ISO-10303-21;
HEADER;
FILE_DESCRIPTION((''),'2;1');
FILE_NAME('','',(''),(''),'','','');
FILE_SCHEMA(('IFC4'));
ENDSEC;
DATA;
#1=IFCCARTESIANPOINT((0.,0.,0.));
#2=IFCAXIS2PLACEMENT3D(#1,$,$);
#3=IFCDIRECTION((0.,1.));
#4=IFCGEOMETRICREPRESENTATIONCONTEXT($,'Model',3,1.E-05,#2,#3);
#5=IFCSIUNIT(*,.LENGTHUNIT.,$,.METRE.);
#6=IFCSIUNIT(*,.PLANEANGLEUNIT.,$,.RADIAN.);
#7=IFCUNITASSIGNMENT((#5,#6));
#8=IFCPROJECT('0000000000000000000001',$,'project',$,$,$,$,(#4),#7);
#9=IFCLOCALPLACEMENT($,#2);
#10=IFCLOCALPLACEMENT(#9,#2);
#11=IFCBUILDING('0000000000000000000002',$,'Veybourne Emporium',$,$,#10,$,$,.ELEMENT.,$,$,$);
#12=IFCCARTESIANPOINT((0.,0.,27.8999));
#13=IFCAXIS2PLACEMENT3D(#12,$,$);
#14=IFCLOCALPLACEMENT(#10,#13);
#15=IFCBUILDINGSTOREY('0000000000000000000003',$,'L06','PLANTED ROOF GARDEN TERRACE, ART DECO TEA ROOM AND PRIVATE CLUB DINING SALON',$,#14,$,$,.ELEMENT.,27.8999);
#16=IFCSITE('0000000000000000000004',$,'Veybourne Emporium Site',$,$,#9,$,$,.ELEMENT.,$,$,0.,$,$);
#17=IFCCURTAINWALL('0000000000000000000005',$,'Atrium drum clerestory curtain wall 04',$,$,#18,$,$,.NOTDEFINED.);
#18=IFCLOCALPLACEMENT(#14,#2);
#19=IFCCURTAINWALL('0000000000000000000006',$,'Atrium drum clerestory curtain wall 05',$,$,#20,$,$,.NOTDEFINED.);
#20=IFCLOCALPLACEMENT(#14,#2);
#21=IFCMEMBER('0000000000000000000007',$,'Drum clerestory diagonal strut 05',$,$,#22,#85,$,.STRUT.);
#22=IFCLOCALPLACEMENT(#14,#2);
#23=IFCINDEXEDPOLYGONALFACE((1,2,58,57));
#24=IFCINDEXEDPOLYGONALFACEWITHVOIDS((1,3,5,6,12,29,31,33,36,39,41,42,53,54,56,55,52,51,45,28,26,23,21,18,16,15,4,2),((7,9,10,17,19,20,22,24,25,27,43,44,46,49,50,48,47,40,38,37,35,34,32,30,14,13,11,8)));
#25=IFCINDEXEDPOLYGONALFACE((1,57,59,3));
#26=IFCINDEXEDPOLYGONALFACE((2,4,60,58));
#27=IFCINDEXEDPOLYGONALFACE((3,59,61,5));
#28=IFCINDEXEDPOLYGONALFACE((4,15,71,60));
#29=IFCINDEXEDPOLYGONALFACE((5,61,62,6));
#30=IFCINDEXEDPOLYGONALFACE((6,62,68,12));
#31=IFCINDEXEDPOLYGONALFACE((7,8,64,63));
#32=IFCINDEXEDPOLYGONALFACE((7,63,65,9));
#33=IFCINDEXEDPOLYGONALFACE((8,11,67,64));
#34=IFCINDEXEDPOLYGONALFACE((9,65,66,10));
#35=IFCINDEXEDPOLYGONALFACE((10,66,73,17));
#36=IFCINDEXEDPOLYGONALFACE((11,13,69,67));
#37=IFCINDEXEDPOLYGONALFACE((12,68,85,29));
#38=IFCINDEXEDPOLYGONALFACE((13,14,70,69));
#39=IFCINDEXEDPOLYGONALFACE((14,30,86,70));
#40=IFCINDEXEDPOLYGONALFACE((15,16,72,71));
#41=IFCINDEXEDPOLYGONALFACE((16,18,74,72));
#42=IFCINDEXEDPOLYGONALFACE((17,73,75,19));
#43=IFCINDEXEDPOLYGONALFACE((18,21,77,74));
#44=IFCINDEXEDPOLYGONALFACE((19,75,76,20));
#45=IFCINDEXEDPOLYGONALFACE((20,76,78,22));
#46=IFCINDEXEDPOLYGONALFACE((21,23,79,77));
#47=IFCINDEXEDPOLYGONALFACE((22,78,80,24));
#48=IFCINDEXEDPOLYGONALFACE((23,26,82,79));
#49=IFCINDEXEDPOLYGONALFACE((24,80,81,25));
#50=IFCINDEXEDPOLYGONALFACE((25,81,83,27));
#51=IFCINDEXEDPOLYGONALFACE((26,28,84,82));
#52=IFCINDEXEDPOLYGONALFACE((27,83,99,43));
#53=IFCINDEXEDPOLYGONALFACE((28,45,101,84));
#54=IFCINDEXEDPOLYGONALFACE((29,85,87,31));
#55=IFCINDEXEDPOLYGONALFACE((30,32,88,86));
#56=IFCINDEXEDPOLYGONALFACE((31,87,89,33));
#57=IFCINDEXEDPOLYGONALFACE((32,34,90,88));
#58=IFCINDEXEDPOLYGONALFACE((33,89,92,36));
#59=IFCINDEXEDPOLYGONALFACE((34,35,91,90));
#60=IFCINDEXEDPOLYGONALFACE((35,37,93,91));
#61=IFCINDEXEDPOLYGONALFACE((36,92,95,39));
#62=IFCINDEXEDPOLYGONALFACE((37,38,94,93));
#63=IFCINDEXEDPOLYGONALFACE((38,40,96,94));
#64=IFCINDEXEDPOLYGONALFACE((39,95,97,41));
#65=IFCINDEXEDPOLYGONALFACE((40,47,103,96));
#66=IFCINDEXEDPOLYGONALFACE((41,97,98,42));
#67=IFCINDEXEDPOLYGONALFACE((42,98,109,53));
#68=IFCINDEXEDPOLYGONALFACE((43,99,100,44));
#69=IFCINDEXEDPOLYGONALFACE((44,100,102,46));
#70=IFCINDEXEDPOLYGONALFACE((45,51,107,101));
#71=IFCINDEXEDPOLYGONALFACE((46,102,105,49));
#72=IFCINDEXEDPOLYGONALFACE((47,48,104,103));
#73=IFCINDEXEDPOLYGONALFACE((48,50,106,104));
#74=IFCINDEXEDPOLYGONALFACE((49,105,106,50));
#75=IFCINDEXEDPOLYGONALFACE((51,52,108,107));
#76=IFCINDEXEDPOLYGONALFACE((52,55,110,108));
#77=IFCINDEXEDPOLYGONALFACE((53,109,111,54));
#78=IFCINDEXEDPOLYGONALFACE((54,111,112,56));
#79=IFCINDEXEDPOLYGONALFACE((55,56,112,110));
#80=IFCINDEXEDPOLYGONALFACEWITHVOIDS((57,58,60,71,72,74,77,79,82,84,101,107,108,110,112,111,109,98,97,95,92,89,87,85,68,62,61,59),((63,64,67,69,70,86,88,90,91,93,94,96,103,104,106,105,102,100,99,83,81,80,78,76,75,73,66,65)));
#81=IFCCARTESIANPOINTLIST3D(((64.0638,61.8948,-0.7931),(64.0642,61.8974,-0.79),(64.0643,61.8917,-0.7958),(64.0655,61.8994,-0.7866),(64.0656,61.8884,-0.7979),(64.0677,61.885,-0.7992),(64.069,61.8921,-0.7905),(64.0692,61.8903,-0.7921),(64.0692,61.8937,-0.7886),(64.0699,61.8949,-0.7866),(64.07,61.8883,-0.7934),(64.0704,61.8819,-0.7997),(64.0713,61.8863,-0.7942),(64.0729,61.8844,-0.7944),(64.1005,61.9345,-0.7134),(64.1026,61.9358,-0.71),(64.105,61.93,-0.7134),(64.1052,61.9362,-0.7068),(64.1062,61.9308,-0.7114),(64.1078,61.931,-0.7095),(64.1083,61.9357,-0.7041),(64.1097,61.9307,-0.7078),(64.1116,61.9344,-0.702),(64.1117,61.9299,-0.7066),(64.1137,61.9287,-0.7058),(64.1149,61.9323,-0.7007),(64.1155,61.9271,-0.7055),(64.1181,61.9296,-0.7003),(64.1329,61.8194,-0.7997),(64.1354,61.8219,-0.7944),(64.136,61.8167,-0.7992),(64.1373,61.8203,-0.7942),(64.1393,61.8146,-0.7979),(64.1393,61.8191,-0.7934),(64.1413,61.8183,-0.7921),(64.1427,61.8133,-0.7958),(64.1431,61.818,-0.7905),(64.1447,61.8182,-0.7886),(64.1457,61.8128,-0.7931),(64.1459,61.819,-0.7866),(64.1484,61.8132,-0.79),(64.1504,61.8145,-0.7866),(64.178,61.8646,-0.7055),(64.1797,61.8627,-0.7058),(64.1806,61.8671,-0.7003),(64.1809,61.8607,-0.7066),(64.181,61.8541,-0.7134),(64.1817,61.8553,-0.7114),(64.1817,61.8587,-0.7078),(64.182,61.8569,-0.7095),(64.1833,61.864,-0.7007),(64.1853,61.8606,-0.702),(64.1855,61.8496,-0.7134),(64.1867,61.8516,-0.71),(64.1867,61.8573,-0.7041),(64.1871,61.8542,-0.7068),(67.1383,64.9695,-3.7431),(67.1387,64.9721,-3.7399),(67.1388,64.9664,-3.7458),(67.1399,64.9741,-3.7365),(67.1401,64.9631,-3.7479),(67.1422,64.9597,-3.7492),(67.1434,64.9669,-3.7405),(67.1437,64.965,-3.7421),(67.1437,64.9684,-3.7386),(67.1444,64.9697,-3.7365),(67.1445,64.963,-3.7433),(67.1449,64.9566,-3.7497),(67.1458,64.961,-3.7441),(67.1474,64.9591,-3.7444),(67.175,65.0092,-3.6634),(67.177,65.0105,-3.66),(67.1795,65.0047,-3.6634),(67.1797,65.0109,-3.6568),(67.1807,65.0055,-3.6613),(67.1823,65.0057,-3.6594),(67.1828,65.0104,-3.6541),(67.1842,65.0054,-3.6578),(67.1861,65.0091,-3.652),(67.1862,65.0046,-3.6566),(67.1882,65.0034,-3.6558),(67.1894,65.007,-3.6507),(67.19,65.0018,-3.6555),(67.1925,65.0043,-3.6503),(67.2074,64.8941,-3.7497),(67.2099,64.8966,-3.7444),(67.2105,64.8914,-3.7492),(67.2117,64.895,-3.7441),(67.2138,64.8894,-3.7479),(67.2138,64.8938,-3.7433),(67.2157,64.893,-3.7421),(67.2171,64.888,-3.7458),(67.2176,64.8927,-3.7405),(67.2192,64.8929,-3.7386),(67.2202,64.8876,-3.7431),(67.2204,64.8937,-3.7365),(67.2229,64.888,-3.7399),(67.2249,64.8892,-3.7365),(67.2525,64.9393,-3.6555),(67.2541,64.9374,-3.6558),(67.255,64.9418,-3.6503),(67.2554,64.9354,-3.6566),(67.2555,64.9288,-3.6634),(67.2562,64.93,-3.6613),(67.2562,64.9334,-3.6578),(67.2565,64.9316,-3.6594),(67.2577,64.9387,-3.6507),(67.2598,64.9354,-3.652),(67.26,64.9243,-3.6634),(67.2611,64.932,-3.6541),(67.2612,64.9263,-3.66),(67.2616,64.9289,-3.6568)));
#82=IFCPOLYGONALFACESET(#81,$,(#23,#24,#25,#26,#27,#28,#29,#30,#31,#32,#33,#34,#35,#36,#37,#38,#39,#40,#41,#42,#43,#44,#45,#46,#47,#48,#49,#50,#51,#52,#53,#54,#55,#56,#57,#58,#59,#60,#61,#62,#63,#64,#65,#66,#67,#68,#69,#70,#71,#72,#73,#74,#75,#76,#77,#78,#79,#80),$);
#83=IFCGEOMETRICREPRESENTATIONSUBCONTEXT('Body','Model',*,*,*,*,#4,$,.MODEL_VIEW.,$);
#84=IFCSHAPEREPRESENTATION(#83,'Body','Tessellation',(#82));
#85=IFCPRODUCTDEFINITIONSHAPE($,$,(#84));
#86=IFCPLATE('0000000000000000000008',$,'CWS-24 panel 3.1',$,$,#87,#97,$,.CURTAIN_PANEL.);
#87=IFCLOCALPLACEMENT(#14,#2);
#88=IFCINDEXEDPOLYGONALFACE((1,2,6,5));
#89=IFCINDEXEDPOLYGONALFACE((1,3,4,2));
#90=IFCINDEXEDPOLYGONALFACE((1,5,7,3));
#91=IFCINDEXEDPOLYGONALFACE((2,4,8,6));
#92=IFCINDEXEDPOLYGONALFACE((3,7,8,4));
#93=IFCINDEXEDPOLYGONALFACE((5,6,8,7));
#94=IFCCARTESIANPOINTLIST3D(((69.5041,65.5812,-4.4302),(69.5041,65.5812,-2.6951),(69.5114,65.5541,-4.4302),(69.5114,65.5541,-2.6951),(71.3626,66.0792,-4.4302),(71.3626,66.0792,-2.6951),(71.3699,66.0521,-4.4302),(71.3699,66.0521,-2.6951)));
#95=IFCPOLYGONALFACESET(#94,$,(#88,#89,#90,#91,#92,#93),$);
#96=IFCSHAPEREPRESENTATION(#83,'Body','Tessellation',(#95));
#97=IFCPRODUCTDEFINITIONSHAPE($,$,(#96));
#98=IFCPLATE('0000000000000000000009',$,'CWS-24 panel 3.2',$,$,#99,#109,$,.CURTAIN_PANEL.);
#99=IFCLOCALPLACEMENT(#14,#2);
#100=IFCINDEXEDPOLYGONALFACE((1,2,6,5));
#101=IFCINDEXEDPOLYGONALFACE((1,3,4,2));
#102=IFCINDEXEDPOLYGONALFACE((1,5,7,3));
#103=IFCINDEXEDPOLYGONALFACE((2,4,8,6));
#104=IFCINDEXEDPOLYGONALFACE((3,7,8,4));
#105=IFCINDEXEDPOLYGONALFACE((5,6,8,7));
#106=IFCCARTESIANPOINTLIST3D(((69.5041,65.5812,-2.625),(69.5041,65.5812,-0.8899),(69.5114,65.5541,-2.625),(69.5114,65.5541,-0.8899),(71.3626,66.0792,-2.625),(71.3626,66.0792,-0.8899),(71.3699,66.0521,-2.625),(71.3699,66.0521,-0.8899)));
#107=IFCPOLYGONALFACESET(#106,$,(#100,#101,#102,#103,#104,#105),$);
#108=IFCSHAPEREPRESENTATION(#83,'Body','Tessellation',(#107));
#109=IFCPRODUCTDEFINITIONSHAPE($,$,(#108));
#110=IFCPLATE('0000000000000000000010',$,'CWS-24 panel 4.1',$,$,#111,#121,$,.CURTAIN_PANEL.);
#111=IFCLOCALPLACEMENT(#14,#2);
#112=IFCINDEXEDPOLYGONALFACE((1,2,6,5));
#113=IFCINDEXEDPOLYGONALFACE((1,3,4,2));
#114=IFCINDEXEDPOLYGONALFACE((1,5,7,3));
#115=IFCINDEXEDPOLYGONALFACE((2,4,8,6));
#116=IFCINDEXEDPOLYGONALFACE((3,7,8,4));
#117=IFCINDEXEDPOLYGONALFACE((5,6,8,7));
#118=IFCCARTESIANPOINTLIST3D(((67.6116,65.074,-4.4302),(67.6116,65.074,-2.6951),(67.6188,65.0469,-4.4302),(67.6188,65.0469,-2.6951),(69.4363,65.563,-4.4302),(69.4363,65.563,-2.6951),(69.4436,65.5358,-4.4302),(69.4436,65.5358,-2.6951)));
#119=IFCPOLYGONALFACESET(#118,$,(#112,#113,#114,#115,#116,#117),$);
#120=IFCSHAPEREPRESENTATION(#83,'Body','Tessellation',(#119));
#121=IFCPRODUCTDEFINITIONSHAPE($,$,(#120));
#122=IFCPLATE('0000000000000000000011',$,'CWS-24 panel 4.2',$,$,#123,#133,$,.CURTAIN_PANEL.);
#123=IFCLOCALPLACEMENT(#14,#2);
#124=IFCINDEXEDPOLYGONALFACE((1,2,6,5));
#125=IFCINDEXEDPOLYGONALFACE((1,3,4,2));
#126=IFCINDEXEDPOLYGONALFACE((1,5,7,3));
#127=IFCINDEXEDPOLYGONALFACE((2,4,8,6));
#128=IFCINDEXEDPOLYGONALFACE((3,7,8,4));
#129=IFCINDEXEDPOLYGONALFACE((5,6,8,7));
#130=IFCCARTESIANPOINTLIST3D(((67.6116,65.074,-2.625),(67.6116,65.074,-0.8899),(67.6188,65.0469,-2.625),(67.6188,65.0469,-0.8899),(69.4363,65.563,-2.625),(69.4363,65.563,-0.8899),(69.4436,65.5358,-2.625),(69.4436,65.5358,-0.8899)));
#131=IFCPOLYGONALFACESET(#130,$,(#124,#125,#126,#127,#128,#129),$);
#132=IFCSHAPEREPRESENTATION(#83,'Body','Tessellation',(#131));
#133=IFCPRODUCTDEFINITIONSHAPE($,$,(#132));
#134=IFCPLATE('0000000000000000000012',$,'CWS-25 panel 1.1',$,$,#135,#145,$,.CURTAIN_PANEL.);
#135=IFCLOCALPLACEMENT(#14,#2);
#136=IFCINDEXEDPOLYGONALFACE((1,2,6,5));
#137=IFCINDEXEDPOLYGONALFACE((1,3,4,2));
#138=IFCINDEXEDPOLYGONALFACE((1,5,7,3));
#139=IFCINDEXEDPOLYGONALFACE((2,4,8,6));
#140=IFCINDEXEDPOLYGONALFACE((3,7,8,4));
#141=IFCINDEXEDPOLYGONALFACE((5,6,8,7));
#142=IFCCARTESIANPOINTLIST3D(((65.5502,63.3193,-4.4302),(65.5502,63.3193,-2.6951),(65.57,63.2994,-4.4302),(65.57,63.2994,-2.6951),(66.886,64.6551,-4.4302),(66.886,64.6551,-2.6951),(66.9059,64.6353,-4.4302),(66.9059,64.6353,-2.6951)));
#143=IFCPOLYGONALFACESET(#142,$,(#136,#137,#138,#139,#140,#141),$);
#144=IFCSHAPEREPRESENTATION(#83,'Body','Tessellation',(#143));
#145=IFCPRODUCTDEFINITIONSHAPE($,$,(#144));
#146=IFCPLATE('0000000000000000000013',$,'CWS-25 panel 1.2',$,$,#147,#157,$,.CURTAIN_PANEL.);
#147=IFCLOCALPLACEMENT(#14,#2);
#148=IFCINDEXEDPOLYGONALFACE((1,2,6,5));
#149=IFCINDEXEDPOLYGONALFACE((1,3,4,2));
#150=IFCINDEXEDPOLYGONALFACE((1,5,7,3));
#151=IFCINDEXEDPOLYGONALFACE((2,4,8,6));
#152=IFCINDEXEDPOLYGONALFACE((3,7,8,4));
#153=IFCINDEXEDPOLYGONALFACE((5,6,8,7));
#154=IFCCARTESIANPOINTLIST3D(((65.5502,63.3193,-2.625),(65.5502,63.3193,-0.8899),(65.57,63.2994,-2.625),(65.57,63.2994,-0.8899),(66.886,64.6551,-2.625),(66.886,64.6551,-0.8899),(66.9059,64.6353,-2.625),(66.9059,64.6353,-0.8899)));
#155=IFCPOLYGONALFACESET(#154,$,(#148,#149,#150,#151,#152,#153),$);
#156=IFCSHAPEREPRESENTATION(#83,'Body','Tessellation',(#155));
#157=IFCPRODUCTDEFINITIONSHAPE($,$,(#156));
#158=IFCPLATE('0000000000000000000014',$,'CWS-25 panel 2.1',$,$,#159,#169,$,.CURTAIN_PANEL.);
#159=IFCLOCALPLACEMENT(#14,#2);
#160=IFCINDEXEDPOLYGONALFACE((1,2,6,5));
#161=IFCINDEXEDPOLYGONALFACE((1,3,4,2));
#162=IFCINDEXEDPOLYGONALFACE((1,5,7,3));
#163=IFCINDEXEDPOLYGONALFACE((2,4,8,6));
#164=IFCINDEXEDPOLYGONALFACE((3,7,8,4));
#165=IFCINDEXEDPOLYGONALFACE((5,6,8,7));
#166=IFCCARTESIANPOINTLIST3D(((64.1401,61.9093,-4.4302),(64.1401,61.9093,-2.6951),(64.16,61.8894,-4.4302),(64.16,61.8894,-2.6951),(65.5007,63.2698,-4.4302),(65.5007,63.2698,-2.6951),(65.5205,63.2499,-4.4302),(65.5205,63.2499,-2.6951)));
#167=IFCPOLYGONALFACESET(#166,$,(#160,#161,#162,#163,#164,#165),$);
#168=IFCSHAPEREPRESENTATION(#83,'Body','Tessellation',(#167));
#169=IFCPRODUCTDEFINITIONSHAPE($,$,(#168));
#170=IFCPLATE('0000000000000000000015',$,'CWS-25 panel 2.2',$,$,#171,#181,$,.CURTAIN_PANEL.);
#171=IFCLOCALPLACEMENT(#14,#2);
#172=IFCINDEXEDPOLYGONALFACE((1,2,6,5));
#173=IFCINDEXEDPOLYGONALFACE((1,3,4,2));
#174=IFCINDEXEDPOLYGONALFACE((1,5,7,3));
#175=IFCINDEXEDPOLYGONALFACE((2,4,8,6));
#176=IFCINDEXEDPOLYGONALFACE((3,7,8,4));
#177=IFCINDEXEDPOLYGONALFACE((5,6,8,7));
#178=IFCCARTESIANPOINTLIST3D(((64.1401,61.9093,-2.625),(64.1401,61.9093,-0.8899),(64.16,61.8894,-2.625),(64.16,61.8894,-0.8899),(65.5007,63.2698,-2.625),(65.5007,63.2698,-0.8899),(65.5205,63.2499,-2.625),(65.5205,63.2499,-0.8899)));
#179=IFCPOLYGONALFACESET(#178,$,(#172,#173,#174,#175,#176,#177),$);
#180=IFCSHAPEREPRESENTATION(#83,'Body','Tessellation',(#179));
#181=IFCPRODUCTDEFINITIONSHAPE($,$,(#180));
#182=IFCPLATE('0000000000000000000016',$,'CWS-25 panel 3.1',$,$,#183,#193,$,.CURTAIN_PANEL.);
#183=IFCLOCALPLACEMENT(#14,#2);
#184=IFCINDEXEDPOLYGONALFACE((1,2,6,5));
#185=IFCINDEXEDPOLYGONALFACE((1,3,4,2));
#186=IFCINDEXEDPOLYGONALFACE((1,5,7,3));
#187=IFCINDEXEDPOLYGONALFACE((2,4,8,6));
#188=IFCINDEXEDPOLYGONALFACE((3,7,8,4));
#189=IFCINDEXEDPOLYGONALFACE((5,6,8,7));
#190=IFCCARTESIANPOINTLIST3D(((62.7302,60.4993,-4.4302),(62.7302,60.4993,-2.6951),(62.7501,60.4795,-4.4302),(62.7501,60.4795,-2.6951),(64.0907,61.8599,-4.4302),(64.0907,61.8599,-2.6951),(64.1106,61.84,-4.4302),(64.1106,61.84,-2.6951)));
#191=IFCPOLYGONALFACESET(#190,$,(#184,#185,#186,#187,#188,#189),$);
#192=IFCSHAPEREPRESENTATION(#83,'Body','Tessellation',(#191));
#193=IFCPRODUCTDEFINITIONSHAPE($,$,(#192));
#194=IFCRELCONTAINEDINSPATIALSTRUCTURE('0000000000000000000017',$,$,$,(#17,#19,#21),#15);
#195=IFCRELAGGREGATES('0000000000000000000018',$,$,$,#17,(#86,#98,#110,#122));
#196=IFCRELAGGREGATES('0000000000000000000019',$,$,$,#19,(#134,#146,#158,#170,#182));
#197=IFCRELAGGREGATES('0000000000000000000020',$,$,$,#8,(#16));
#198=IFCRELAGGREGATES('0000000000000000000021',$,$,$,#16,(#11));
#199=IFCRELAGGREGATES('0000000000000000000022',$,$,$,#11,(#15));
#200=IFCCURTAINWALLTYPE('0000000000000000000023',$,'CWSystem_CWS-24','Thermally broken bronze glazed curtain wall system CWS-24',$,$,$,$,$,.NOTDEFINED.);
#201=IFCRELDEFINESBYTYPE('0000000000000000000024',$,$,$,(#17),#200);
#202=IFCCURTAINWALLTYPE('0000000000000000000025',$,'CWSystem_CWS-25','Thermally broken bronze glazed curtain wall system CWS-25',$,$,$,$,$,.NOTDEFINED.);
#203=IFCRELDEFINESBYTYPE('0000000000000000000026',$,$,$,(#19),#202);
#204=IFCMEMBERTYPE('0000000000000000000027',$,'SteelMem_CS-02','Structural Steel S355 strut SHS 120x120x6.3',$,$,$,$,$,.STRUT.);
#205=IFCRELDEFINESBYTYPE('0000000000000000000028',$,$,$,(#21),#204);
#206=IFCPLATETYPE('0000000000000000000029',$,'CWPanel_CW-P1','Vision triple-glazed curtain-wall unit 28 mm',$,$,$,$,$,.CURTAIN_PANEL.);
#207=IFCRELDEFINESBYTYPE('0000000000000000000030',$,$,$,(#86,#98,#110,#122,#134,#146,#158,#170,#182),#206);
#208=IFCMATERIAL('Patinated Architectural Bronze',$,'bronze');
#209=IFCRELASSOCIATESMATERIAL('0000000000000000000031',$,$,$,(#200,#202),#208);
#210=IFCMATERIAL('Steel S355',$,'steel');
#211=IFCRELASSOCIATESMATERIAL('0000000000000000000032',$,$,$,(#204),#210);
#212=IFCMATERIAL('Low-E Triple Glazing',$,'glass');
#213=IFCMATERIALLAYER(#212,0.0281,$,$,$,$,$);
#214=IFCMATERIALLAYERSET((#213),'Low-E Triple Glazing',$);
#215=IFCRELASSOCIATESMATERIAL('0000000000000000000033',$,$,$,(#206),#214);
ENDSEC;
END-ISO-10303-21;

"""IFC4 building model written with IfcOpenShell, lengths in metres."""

from ifc_helpers import new_model, si_unit, direction, frame, origin, origin_2d, place, context, subcontext, project, spatial, rectangle, hollow_rectangle, extrude, material, layer, layer_set, material_profile, profile_set, type_object, element, aggregate, save


model = new_model("IFC4")

# Units and contexts
model_context = context("Model", 3, precision=1e-05, world=origin(), true_north=direction((0.0, 1.0)))
body_context = subcontext(model_context, "Body", "Model", "MODEL_VIEW")
ifc_project = project(units=[si_unit("LENGTHUNIT", "METRE"), si_unit("PLANEANGLEUNIT", "RADIAN")], contexts=[model_context])

# Site, building, storey
site_placement = place(None, origin())
site = spatial("IfcSite", under=ifc_project, at=site_placement, Name="Veybourne Emporium Site", CompositionType="ELEMENT", RefElevation=0.0)
building_placement = place(site_placement, origin())
building = spatial("IfcBuilding", under=site, at=building_placement, Name="Veybourne Emporium", CompositionType="ELEMENT")
storey_placement = place(building_placement, frame((0.0, 0.0, 27.8999)))
storey = spatial("IfcBuildingStorey", under=building, at=storey_placement, Name="L06", Description="PLANTED ROOF GARDEN TERRACE, ART DECO TEA ROOM AND PRIVATE CLUB DINING SALON", CompositionType="ELEMENT", Elevation=27.8999)

# Curtain walls
ifc_material_1 = material(Name="Patinated Architectural Bronze", Category="bronze")
curtain_wall_type_1 = type_object("IfcCurtainWallType", Name="CWSystem_CWS-24", Description="Thermally broken bronze glazed curtain wall system CWS-24", PredefinedType="NOTDEFINED", material=ifc_material_1)
curtain_wall_1_placement = place(storey_placement, origin())
curtain_wall_1 = element("IfcCurtainWall", 1, at=curtain_wall_1_placement, inside=storey, type_object=curtain_wall_type_1, Name="Atrium drum clerestory curtain wall 04", PredefinedType="NOTDEFINED")
curtain_wall_type_2 = type_object("IfcCurtainWallType", Name="CWSystem_CWS-25", Description="Thermally broken bronze glazed curtain wall system CWS-25", PredefinedType="NOTDEFINED", material=ifc_material_1)
curtain_wall_2_placement = place(storey_placement, origin())
curtain_wall_2 = element("IfcCurtainWall", 2, at=curtain_wall_2_placement, inside=storey, type_object=curtain_wall_type_2, Name="Atrium drum clerestory curtain wall 05", PredefinedType="NOTDEFINED")

# Member
ifc_material_2 = material(Name="Steel S355", Category="steel")
ifc_material_profile_1 = material_profile(ifc_material_2, hollow_rectangle(XDim=0.1201, YDim=0.1201, WallThickness=0.0063, InnerFilletRadius=0.0095, OuterFilletRadius=0.0159, at=origin_2d()), Name="SHS 120x120x6.3")
ifc_profile_set_1 = profile_set([ifc_material_profile_1], Name="Steel S355")
member_type_1 = type_object("IfcMemberType", Name="SteelMem_CS-02", Description="Structural Steel S355 strut SHS 120x120x6.3", PredefinedType="STRUT", material=ifc_profile_set_1)
member_1_placement = place(storey_placement, frame((67.2, 64.9492, -3.7), z_axis=(-0.585125, -0.585172, 0.561429), x_axis=(0.707135, -0.707079, 0.0)))
element("IfcMember", 3, at=member_1_placement, inside=storey, type_object=member_type_1, Name="Drum clerestory diagonal strut 05", PredefinedType="STRUT", context=body_context, shape_type="SweptSolid", body=[
    extrude(hollow_rectangle(XDim=0.1201, YDim=0.1201, WallThickness=0.0063, InnerFilletRadius=0.0095, OuterFilletRadius=0.0159, at=origin_2d()), origin(), (0.0, 0.0, 1.0), 5.2544),
])

# Plates
ifc_material_3 = material(Name="Low-E Triple Glazing", Category="glass")
ifc_layer_1 = layer(ifc_material_3, 0.0281)
ifc_layer_set_1 = layer_set([ifc_layer_1], Name="Low-E Triple Glazing")
plate_type = type_object("IfcPlateType", Name="CWPanel_CW-P1", Description="Vision triple-glazed curtain-wall unit 28 mm", PredefinedType="CURTAIN_PANEL", material=ifc_layer_set_1)
plate_1_placement = place(storey_placement, frame((70.437, 65.8167, -4.4302), z_axis=(0.0, 0.0, 1.0), x_axis=(-0.965926, -0.25882, 0.0)))
plate_1 = element("IfcPlate", 4, at=plate_1_placement, type_object=plate_type, Name="CWS-24 panel 3.1", PredefinedType="CURTAIN_PANEL", context=body_context, shape_type="SweptSolid", body=[
    extrude(rectangle(XDim=1.9241, YDim=0.0281, at=origin_2d()), origin(), (0.0, 0.0, 1.0), 1.7351),
])
plate_2_placement = place(storey_placement, frame((70.437, 65.8167, -2.625), z_axis=(0.0, 0.0, 1.0), x_axis=(-0.965926, -0.25882, 0.0)))
plate_2 = element("IfcPlate", 5, at=plate_2_placement, type_object=plate_type, Name="CWS-24 panel 3.2", PredefinedType="CURTAIN_PANEL", context=body_context, shape_type="SweptSolid", body=[
    extrude(rectangle(XDim=1.9241, YDim=0.0281, at=origin_2d()), origin(), (0.0, 0.0, 1.0), 1.7351),
])
plate_3_placement = place(storey_placement, frame((68.5276, 65.3049, -4.4302), z_axis=(0.0, 0.0, 1.0), x_axis=(-0.965926, -0.25882, 0.0)))
plate_3 = element("IfcPlate", 6, at=plate_3_placement, type_object=plate_type, Name="CWS-24 panel 4.1", PredefinedType="CURTAIN_PANEL", context=body_context, shape_type="SweptSolid", body=[
    extrude(rectangle(XDim=1.8892, YDim=0.0281, at=origin_2d()), origin(), (0.0, 0.0, 1.0), 1.7351),
])
plate_4_placement = place(storey_placement, frame((68.5276, 65.3049, -2.625), z_axis=(0.0, 0.0, 1.0), x_axis=(-0.965926, -0.25882, 0.0)))
plate_4 = element("IfcPlate", 7, at=plate_4_placement, type_object=plate_type, Name="CWS-24 panel 4.2", PredefinedType="CURTAIN_PANEL", context=body_context, shape_type="SweptSolid", body=[
    extrude(rectangle(XDim=1.8892, YDim=0.0281, at=origin_2d()), origin(), (0.0, 0.0, 1.0), 1.7351),
])
aggregate(curtain_wall_1, [plate_1, plate_2, plate_3, plate_4])
plate_5_placement = place(storey_placement, frame((66.228, 63.9773, -4.4302), z_axis=(0.0, 0.0, 1.0), x_axis=(-0.707107, -0.707107, 0.0)))
plate_5 = element("IfcPlate", 8, at=plate_5_placement, type_object=plate_type, Name="CWS-25 panel 1.1", PredefinedType="CURTAIN_PANEL", context=body_context, shape_type="SweptSolid", body=[
    extrude(rectangle(XDim=1.8892, YDim=0.0281, at=origin_2d()), origin(), (0.0, 0.0, 1.0), 1.7351),
])
plate_6_placement = place(storey_placement, frame((66.228, 63.9773, -2.625), z_axis=(0.0, 0.0, 1.0), x_axis=(-0.707107, -0.707107, 0.0)))
plate_6 = element("IfcPlate", 9, at=plate_6_placement, type_object=plate_type, Name="CWS-25 panel 1.2", PredefinedType="CURTAIN_PANEL", context=body_context, shape_type="SweptSolid", body=[
    extrude(rectangle(XDim=1.8892, YDim=0.0281, at=origin_2d()), origin(), (0.0, 0.0, 1.0), 1.7351),
])
plate_7_placement = place(storey_placement, frame((64.8303, 62.5796, -4.4302), z_axis=(0.0, 0.0, 1.0), x_axis=(-0.707107, -0.707107, 0.0)))
plate_7 = element("IfcPlate", 10, at=plate_7_placement, type_object=plate_type, Name="CWS-25 panel 2.1", PredefinedType="CURTAIN_PANEL", context=body_context, shape_type="SweptSolid", body=[
    extrude(rectangle(XDim=1.9241, YDim=0.0281, at=origin_2d()), origin(), (0.0, 0.0, 1.0), 1.7351),
])
plate_8_placement = place(storey_placement, frame((64.8303, 62.5796, -2.625), z_axis=(0.0, 0.0, 1.0), x_axis=(-0.707107, -0.707107, 0.0)))
plate_8 = element("IfcPlate", 11, at=plate_8_placement, type_object=plate_type, Name="CWS-25 panel 2.2", PredefinedType="CURTAIN_PANEL", context=body_context, shape_type="SweptSolid", body=[
    extrude(rectangle(XDim=1.9241, YDim=0.0281, at=origin_2d()), origin(), (0.0, 0.0, 1.0), 1.7351),
])
plate_9_placement = place(storey_placement, frame((63.4204, 61.1697, -4.4302), z_axis=(0.0, 0.0, 1.0), x_axis=(-0.707107, -0.707107, 0.0)))
plate_9 = element("IfcPlate", 12, at=plate_9_placement, type_object=plate_type, Name="CWS-25 panel 3.1", PredefinedType="CURTAIN_PANEL", context=body_context, shape_type="SweptSolid", body=[
    extrude(rectangle(XDim=1.9241, YDim=0.0281, at=origin_2d()), origin(), (0.0, 0.0, 1.0), 1.7351),
])
aggregate(curtain_wall_2, [plate_5, plate_6, plate_7, plate_8, plate_9])

save(model, "model.ifc")
